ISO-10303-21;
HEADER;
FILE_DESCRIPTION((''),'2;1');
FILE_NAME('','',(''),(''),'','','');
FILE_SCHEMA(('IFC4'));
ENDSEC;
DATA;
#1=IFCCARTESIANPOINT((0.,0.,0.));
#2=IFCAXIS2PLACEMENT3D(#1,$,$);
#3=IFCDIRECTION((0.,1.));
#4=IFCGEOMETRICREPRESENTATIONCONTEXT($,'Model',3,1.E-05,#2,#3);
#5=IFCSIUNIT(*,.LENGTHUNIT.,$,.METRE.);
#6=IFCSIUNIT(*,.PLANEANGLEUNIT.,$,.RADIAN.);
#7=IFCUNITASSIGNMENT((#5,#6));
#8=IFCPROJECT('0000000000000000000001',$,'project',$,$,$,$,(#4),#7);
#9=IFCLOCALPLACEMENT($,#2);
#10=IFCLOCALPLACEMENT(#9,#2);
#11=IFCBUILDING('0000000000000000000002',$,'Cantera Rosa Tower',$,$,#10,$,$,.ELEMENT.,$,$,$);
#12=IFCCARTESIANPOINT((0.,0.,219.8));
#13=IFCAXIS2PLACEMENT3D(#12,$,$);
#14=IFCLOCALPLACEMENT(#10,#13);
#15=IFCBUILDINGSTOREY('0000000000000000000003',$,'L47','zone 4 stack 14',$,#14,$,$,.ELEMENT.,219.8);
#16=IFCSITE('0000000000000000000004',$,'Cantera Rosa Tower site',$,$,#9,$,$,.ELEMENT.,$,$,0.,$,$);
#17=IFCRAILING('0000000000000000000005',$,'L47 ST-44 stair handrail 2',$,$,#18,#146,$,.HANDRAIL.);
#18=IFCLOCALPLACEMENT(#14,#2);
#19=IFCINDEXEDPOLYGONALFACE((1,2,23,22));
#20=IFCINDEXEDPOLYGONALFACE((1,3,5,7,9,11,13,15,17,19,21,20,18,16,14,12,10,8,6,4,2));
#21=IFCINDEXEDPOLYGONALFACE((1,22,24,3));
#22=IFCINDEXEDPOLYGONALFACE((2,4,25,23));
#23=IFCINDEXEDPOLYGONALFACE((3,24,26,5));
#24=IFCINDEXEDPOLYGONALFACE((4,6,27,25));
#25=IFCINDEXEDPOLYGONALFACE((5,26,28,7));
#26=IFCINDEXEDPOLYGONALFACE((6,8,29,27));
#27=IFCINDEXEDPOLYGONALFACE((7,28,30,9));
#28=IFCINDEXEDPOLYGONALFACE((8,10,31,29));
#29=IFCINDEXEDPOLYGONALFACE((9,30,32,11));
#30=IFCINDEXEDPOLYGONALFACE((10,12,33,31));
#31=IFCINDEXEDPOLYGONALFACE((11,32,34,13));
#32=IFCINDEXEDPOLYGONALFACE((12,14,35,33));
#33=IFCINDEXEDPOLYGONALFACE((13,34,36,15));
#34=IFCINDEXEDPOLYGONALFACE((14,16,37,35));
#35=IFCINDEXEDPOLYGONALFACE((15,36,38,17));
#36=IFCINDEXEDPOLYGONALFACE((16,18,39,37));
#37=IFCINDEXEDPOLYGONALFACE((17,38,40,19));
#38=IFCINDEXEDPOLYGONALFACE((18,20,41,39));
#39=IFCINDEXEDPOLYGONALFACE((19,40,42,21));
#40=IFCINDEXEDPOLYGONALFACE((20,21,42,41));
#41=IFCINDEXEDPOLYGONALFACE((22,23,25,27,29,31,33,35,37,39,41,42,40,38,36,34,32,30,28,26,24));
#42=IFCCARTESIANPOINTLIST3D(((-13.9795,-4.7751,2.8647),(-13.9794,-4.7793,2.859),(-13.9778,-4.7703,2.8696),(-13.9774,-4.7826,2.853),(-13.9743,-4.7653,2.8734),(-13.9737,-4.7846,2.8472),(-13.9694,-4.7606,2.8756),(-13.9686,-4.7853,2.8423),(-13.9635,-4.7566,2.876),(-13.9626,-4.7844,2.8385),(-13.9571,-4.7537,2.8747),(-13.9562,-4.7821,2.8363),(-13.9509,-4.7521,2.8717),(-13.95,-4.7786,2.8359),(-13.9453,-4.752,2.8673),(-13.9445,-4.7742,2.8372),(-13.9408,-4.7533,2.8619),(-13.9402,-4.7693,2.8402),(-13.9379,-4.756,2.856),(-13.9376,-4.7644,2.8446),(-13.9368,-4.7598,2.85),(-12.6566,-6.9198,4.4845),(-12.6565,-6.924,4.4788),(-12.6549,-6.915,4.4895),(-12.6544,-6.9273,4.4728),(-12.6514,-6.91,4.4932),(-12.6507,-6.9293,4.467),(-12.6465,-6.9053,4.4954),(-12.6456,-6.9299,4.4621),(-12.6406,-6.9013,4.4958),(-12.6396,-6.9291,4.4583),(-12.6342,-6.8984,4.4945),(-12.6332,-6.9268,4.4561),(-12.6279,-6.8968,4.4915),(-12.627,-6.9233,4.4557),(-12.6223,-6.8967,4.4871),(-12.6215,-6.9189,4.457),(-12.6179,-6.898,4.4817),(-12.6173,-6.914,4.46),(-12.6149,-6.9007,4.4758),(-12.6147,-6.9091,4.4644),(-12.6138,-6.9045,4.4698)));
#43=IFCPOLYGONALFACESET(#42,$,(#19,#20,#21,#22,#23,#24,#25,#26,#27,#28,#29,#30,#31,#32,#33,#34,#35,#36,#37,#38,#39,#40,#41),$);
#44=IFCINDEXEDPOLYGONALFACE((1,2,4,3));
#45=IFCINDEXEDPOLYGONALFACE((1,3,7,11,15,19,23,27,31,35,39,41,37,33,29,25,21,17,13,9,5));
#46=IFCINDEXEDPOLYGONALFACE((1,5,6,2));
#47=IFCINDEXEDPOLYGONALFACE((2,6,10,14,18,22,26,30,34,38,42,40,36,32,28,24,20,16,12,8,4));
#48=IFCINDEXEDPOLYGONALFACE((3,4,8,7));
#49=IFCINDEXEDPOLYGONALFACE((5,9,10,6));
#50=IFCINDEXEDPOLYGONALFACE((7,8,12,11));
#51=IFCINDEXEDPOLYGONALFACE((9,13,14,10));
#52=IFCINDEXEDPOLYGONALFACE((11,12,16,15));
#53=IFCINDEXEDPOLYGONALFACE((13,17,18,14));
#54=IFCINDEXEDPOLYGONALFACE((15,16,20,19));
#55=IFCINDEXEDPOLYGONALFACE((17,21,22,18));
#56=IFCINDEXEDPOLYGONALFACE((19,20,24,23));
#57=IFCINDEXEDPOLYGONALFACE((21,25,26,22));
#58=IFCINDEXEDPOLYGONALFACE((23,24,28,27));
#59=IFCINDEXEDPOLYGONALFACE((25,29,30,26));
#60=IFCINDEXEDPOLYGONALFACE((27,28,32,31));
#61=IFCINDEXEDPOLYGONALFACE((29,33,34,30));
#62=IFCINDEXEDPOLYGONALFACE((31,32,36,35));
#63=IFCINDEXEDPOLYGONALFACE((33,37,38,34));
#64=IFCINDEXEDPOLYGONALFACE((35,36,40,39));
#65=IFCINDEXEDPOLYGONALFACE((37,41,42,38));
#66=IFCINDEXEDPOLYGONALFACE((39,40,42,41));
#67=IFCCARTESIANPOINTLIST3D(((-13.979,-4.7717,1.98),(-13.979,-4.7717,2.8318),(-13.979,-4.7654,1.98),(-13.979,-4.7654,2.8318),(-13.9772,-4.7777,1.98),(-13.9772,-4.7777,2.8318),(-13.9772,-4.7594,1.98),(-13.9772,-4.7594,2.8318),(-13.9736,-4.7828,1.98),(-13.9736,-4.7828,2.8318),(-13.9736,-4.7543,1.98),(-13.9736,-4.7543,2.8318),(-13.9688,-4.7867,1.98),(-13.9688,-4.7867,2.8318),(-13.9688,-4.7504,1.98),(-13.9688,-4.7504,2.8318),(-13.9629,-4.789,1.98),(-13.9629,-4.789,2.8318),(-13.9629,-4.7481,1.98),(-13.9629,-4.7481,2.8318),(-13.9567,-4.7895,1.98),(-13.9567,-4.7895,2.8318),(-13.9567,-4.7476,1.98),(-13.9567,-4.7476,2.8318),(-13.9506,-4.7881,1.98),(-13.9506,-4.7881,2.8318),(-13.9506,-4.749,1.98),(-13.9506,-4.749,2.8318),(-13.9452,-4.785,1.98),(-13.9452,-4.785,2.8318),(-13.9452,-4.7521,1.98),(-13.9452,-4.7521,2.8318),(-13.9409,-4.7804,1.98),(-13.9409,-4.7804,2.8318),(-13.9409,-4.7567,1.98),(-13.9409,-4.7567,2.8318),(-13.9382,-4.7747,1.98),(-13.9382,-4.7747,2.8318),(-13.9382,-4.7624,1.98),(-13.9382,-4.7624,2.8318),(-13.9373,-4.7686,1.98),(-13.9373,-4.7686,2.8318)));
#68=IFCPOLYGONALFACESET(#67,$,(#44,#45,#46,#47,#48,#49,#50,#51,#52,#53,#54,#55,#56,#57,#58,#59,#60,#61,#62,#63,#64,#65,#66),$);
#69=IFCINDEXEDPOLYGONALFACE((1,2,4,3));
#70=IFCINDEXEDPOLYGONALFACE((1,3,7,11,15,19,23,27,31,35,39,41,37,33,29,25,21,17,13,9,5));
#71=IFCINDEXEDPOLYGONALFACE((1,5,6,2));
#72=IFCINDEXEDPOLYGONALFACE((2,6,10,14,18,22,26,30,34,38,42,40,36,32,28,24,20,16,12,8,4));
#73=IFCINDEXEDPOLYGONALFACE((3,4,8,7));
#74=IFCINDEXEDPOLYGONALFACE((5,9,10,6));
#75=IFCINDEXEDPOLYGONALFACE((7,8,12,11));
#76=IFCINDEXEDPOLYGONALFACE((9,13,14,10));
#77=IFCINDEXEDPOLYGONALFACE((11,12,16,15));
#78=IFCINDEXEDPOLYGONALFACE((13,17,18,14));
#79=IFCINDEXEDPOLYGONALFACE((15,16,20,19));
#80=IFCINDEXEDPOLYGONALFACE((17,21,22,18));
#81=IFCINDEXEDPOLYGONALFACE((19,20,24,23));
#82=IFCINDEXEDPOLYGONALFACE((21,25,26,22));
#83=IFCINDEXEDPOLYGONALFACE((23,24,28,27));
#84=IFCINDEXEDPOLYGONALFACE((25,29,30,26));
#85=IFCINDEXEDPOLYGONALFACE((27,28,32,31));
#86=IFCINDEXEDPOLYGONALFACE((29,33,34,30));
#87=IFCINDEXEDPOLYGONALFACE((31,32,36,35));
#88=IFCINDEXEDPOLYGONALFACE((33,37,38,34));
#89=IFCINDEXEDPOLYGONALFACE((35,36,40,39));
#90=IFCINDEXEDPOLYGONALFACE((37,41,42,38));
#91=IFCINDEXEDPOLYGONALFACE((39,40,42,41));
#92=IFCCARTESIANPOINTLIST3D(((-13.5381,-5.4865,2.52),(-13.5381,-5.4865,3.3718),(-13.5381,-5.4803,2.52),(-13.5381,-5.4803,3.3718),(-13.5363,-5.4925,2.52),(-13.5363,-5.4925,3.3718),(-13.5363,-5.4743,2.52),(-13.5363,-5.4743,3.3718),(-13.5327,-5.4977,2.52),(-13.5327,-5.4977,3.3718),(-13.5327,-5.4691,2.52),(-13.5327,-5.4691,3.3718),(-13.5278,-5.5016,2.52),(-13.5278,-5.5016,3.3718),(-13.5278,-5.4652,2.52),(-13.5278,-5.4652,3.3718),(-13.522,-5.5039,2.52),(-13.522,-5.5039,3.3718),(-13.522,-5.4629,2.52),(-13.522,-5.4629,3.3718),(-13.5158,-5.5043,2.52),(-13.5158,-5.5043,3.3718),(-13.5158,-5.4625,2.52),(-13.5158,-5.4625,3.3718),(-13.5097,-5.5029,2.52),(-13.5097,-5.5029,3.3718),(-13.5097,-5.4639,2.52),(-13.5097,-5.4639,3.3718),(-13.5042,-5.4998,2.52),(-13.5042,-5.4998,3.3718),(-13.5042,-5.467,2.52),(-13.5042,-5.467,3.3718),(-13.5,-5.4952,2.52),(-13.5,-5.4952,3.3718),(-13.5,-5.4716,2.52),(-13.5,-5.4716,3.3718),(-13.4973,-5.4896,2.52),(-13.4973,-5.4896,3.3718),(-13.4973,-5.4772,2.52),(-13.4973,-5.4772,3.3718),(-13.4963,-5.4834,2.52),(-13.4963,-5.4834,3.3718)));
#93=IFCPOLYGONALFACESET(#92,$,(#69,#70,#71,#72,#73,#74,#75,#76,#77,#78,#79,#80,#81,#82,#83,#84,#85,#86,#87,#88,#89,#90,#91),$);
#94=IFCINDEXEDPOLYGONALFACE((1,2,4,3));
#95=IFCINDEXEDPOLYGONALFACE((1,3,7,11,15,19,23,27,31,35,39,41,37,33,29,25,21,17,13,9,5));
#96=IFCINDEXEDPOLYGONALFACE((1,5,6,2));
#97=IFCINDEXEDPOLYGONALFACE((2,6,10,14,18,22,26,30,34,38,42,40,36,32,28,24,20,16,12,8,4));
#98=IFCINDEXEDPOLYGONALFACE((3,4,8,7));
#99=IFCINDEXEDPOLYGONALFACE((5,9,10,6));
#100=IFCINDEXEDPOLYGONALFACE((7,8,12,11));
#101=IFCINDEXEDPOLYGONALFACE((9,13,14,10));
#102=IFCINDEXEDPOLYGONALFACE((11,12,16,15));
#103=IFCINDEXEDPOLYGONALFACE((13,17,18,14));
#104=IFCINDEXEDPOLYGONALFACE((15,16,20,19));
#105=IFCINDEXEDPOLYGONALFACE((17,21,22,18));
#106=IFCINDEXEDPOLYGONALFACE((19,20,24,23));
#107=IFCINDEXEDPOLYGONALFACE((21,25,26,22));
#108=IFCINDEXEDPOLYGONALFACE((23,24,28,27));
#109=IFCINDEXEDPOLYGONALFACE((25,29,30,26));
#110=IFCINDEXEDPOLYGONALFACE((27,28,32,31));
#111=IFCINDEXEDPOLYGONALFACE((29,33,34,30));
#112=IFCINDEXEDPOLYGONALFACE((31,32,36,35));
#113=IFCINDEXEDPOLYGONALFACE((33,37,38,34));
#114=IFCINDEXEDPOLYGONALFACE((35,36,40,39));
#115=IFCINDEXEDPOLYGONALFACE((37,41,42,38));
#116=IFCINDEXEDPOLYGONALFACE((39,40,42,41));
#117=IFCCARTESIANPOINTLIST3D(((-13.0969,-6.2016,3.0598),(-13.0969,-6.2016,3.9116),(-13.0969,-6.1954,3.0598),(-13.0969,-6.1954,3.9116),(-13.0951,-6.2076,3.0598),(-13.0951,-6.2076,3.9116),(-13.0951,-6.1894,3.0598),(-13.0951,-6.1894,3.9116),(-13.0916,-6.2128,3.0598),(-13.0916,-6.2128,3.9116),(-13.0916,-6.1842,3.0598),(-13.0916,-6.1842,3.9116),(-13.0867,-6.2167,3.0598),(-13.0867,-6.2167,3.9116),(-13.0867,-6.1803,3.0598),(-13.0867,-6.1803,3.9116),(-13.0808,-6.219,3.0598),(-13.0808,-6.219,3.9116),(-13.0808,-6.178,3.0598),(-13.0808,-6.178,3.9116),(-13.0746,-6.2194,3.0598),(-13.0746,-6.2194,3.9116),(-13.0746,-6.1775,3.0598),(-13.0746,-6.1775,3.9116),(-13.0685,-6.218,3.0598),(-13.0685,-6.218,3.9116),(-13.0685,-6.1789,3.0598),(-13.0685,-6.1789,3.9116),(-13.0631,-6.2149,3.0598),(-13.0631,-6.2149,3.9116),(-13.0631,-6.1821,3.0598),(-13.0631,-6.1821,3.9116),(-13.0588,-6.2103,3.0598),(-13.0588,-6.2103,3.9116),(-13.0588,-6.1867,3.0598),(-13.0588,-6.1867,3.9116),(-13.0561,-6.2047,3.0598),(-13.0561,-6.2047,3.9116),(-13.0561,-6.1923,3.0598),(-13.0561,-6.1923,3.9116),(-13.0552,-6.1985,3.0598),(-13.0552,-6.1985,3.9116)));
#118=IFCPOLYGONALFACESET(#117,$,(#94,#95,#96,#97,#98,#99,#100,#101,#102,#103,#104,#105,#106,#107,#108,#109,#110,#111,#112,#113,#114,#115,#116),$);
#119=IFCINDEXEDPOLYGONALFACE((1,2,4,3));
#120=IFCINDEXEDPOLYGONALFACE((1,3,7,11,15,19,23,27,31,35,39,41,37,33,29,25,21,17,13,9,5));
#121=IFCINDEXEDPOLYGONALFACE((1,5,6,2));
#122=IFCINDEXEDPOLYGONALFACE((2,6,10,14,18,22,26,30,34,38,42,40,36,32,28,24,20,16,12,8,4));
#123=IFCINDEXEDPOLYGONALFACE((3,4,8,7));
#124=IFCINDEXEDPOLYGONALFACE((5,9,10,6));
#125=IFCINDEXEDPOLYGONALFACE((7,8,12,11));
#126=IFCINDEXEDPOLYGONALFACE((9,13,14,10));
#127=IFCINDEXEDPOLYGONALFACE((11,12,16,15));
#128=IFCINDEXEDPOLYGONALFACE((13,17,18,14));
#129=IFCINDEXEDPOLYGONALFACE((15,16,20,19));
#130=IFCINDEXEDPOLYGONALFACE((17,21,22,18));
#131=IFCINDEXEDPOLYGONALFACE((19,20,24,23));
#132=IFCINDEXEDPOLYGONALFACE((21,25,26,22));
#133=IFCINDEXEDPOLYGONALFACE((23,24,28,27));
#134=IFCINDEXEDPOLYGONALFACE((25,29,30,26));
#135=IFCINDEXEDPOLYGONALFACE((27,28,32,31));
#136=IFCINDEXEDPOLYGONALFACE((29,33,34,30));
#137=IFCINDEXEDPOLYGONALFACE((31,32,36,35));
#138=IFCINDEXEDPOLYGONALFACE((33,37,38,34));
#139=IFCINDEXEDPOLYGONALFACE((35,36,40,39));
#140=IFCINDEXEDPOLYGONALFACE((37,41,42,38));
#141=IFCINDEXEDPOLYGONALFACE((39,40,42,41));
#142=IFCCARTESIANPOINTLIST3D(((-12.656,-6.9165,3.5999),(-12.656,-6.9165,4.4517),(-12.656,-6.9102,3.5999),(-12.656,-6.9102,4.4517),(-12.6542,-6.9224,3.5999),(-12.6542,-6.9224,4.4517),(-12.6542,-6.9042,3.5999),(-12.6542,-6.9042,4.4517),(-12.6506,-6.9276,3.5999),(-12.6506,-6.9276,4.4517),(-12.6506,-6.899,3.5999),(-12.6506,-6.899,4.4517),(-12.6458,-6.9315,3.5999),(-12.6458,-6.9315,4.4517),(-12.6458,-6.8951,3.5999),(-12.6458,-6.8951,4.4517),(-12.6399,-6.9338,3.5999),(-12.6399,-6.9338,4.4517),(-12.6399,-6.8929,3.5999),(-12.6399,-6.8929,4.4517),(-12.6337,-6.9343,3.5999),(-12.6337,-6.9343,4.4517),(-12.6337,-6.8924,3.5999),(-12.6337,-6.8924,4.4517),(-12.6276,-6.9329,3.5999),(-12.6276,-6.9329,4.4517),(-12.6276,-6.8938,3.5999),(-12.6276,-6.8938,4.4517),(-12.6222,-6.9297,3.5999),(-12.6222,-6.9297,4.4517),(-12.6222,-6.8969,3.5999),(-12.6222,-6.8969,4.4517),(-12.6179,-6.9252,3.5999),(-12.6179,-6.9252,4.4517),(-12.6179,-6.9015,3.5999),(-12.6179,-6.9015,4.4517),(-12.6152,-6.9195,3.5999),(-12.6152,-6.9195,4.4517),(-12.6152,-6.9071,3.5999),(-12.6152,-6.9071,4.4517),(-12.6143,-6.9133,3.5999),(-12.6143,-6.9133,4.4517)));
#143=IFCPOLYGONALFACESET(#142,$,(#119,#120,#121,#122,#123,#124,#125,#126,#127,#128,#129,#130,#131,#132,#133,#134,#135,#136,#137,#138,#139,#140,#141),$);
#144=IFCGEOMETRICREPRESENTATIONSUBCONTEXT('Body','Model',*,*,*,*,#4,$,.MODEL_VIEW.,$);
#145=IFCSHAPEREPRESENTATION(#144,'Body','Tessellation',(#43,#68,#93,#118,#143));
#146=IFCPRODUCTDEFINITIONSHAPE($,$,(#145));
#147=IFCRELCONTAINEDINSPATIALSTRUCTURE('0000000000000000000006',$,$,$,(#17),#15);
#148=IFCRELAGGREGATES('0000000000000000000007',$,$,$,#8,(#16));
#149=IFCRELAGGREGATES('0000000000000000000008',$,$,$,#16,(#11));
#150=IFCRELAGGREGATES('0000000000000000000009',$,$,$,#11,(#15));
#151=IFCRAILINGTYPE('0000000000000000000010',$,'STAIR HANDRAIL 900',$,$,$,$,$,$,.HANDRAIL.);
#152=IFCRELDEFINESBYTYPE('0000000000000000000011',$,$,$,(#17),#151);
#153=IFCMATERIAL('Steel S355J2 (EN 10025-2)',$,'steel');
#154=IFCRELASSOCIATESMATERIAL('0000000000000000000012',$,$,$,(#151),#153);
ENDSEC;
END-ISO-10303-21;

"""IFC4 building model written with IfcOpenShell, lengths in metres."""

from ifc_helpers import new_model, si_unit, direction, frame, origin, origin_2d, place, context, subcontext, project, spatial, circle, extrude, material, type_object, element, save


model = new_model("IFC4")

# Units and contexts
model_context = context("Model", 3, precision=1e-05, world=origin(), true_north=direction((0.0, 1.0)))
body_context = subcontext(model_context, "Body", "Model", "MODEL_VIEW")
ifc_project = project(units=[si_unit("LENGTHUNIT", "METRE"), si_unit("PLANEANGLEUNIT", "RADIAN")], contexts=[model_context])

# Site, building, storey
site_placement = place(None, origin())
site = spatial("IfcSite", under=ifc_project, at=site_placement, Name="Cantera Rosa Tower site", CompositionType="ELEMENT", RefElevation=0.0)
building_placement = place(site_placement, origin())
building = spatial("IfcBuilding", under=site, at=building_placement, Name="Cantera Rosa Tower", CompositionType="ELEMENT")
storey_placement = place(building_placement, frame((0.0, 0.0, 219.8)))
storey = spatial("IfcBuildingStorey", under=building, at=storey_placement, Name="L47", Description="zone 4 stack 14", CompositionType="ELEMENT", Elevation=219.8)

# Railing
ifc_material_1 = material(Name="Steel S355J2 (EN 10025-2)", Category="steel")
railing_type_1 = type_object("IfcRailingType", Name="STAIR HANDRAIL 900", PredefinedType="HANDRAIL", material=ifc_material_1)
railing_1_placement = place(storey_placement, frame((-13.9583, -4.7686, 1.98)))
element("IfcRailing", 1, at=railing_1_placement, inside=storey, type_object=railing_type_1, Name="L47 ST-44 stair handrail 2", PredefinedType="HANDRAIL", context=body_context, shape_type="SweptSolid", body=[
    extrude(circle(Radius=0.0239, at=origin_2d()), frame((0.0, 0.0, 0.876), z_axis=(0.441629, -0.715945, 0.540728), x_axis=(0.851102, 0.525, 0.0)), (0.0, 0.0, 1.0), 2.9956),
    extrude(circle(Radius=0.021, at=origin_2d()), origin(), (0.0, 0.0, 1.0), 0.8518),
    extrude(circle(Radius=0.021, at=origin_2d()), frame((0.4409, -0.7148, 0.54)), (0.0, 0.0, 1.0), 0.8518),
    extrude(circle(Radius=0.021, at=origin_2d()), frame((0.8821, -1.4299, 1.0798)), (0.0, 0.0, 1.0), 0.8518),
    extrude(circle(Radius=0.021, at=origin_2d()), frame((1.323, -2.1448, 1.6199)), (0.0, 0.0, 1.0), 0.8518),
])

save(model, "model.ifc")
